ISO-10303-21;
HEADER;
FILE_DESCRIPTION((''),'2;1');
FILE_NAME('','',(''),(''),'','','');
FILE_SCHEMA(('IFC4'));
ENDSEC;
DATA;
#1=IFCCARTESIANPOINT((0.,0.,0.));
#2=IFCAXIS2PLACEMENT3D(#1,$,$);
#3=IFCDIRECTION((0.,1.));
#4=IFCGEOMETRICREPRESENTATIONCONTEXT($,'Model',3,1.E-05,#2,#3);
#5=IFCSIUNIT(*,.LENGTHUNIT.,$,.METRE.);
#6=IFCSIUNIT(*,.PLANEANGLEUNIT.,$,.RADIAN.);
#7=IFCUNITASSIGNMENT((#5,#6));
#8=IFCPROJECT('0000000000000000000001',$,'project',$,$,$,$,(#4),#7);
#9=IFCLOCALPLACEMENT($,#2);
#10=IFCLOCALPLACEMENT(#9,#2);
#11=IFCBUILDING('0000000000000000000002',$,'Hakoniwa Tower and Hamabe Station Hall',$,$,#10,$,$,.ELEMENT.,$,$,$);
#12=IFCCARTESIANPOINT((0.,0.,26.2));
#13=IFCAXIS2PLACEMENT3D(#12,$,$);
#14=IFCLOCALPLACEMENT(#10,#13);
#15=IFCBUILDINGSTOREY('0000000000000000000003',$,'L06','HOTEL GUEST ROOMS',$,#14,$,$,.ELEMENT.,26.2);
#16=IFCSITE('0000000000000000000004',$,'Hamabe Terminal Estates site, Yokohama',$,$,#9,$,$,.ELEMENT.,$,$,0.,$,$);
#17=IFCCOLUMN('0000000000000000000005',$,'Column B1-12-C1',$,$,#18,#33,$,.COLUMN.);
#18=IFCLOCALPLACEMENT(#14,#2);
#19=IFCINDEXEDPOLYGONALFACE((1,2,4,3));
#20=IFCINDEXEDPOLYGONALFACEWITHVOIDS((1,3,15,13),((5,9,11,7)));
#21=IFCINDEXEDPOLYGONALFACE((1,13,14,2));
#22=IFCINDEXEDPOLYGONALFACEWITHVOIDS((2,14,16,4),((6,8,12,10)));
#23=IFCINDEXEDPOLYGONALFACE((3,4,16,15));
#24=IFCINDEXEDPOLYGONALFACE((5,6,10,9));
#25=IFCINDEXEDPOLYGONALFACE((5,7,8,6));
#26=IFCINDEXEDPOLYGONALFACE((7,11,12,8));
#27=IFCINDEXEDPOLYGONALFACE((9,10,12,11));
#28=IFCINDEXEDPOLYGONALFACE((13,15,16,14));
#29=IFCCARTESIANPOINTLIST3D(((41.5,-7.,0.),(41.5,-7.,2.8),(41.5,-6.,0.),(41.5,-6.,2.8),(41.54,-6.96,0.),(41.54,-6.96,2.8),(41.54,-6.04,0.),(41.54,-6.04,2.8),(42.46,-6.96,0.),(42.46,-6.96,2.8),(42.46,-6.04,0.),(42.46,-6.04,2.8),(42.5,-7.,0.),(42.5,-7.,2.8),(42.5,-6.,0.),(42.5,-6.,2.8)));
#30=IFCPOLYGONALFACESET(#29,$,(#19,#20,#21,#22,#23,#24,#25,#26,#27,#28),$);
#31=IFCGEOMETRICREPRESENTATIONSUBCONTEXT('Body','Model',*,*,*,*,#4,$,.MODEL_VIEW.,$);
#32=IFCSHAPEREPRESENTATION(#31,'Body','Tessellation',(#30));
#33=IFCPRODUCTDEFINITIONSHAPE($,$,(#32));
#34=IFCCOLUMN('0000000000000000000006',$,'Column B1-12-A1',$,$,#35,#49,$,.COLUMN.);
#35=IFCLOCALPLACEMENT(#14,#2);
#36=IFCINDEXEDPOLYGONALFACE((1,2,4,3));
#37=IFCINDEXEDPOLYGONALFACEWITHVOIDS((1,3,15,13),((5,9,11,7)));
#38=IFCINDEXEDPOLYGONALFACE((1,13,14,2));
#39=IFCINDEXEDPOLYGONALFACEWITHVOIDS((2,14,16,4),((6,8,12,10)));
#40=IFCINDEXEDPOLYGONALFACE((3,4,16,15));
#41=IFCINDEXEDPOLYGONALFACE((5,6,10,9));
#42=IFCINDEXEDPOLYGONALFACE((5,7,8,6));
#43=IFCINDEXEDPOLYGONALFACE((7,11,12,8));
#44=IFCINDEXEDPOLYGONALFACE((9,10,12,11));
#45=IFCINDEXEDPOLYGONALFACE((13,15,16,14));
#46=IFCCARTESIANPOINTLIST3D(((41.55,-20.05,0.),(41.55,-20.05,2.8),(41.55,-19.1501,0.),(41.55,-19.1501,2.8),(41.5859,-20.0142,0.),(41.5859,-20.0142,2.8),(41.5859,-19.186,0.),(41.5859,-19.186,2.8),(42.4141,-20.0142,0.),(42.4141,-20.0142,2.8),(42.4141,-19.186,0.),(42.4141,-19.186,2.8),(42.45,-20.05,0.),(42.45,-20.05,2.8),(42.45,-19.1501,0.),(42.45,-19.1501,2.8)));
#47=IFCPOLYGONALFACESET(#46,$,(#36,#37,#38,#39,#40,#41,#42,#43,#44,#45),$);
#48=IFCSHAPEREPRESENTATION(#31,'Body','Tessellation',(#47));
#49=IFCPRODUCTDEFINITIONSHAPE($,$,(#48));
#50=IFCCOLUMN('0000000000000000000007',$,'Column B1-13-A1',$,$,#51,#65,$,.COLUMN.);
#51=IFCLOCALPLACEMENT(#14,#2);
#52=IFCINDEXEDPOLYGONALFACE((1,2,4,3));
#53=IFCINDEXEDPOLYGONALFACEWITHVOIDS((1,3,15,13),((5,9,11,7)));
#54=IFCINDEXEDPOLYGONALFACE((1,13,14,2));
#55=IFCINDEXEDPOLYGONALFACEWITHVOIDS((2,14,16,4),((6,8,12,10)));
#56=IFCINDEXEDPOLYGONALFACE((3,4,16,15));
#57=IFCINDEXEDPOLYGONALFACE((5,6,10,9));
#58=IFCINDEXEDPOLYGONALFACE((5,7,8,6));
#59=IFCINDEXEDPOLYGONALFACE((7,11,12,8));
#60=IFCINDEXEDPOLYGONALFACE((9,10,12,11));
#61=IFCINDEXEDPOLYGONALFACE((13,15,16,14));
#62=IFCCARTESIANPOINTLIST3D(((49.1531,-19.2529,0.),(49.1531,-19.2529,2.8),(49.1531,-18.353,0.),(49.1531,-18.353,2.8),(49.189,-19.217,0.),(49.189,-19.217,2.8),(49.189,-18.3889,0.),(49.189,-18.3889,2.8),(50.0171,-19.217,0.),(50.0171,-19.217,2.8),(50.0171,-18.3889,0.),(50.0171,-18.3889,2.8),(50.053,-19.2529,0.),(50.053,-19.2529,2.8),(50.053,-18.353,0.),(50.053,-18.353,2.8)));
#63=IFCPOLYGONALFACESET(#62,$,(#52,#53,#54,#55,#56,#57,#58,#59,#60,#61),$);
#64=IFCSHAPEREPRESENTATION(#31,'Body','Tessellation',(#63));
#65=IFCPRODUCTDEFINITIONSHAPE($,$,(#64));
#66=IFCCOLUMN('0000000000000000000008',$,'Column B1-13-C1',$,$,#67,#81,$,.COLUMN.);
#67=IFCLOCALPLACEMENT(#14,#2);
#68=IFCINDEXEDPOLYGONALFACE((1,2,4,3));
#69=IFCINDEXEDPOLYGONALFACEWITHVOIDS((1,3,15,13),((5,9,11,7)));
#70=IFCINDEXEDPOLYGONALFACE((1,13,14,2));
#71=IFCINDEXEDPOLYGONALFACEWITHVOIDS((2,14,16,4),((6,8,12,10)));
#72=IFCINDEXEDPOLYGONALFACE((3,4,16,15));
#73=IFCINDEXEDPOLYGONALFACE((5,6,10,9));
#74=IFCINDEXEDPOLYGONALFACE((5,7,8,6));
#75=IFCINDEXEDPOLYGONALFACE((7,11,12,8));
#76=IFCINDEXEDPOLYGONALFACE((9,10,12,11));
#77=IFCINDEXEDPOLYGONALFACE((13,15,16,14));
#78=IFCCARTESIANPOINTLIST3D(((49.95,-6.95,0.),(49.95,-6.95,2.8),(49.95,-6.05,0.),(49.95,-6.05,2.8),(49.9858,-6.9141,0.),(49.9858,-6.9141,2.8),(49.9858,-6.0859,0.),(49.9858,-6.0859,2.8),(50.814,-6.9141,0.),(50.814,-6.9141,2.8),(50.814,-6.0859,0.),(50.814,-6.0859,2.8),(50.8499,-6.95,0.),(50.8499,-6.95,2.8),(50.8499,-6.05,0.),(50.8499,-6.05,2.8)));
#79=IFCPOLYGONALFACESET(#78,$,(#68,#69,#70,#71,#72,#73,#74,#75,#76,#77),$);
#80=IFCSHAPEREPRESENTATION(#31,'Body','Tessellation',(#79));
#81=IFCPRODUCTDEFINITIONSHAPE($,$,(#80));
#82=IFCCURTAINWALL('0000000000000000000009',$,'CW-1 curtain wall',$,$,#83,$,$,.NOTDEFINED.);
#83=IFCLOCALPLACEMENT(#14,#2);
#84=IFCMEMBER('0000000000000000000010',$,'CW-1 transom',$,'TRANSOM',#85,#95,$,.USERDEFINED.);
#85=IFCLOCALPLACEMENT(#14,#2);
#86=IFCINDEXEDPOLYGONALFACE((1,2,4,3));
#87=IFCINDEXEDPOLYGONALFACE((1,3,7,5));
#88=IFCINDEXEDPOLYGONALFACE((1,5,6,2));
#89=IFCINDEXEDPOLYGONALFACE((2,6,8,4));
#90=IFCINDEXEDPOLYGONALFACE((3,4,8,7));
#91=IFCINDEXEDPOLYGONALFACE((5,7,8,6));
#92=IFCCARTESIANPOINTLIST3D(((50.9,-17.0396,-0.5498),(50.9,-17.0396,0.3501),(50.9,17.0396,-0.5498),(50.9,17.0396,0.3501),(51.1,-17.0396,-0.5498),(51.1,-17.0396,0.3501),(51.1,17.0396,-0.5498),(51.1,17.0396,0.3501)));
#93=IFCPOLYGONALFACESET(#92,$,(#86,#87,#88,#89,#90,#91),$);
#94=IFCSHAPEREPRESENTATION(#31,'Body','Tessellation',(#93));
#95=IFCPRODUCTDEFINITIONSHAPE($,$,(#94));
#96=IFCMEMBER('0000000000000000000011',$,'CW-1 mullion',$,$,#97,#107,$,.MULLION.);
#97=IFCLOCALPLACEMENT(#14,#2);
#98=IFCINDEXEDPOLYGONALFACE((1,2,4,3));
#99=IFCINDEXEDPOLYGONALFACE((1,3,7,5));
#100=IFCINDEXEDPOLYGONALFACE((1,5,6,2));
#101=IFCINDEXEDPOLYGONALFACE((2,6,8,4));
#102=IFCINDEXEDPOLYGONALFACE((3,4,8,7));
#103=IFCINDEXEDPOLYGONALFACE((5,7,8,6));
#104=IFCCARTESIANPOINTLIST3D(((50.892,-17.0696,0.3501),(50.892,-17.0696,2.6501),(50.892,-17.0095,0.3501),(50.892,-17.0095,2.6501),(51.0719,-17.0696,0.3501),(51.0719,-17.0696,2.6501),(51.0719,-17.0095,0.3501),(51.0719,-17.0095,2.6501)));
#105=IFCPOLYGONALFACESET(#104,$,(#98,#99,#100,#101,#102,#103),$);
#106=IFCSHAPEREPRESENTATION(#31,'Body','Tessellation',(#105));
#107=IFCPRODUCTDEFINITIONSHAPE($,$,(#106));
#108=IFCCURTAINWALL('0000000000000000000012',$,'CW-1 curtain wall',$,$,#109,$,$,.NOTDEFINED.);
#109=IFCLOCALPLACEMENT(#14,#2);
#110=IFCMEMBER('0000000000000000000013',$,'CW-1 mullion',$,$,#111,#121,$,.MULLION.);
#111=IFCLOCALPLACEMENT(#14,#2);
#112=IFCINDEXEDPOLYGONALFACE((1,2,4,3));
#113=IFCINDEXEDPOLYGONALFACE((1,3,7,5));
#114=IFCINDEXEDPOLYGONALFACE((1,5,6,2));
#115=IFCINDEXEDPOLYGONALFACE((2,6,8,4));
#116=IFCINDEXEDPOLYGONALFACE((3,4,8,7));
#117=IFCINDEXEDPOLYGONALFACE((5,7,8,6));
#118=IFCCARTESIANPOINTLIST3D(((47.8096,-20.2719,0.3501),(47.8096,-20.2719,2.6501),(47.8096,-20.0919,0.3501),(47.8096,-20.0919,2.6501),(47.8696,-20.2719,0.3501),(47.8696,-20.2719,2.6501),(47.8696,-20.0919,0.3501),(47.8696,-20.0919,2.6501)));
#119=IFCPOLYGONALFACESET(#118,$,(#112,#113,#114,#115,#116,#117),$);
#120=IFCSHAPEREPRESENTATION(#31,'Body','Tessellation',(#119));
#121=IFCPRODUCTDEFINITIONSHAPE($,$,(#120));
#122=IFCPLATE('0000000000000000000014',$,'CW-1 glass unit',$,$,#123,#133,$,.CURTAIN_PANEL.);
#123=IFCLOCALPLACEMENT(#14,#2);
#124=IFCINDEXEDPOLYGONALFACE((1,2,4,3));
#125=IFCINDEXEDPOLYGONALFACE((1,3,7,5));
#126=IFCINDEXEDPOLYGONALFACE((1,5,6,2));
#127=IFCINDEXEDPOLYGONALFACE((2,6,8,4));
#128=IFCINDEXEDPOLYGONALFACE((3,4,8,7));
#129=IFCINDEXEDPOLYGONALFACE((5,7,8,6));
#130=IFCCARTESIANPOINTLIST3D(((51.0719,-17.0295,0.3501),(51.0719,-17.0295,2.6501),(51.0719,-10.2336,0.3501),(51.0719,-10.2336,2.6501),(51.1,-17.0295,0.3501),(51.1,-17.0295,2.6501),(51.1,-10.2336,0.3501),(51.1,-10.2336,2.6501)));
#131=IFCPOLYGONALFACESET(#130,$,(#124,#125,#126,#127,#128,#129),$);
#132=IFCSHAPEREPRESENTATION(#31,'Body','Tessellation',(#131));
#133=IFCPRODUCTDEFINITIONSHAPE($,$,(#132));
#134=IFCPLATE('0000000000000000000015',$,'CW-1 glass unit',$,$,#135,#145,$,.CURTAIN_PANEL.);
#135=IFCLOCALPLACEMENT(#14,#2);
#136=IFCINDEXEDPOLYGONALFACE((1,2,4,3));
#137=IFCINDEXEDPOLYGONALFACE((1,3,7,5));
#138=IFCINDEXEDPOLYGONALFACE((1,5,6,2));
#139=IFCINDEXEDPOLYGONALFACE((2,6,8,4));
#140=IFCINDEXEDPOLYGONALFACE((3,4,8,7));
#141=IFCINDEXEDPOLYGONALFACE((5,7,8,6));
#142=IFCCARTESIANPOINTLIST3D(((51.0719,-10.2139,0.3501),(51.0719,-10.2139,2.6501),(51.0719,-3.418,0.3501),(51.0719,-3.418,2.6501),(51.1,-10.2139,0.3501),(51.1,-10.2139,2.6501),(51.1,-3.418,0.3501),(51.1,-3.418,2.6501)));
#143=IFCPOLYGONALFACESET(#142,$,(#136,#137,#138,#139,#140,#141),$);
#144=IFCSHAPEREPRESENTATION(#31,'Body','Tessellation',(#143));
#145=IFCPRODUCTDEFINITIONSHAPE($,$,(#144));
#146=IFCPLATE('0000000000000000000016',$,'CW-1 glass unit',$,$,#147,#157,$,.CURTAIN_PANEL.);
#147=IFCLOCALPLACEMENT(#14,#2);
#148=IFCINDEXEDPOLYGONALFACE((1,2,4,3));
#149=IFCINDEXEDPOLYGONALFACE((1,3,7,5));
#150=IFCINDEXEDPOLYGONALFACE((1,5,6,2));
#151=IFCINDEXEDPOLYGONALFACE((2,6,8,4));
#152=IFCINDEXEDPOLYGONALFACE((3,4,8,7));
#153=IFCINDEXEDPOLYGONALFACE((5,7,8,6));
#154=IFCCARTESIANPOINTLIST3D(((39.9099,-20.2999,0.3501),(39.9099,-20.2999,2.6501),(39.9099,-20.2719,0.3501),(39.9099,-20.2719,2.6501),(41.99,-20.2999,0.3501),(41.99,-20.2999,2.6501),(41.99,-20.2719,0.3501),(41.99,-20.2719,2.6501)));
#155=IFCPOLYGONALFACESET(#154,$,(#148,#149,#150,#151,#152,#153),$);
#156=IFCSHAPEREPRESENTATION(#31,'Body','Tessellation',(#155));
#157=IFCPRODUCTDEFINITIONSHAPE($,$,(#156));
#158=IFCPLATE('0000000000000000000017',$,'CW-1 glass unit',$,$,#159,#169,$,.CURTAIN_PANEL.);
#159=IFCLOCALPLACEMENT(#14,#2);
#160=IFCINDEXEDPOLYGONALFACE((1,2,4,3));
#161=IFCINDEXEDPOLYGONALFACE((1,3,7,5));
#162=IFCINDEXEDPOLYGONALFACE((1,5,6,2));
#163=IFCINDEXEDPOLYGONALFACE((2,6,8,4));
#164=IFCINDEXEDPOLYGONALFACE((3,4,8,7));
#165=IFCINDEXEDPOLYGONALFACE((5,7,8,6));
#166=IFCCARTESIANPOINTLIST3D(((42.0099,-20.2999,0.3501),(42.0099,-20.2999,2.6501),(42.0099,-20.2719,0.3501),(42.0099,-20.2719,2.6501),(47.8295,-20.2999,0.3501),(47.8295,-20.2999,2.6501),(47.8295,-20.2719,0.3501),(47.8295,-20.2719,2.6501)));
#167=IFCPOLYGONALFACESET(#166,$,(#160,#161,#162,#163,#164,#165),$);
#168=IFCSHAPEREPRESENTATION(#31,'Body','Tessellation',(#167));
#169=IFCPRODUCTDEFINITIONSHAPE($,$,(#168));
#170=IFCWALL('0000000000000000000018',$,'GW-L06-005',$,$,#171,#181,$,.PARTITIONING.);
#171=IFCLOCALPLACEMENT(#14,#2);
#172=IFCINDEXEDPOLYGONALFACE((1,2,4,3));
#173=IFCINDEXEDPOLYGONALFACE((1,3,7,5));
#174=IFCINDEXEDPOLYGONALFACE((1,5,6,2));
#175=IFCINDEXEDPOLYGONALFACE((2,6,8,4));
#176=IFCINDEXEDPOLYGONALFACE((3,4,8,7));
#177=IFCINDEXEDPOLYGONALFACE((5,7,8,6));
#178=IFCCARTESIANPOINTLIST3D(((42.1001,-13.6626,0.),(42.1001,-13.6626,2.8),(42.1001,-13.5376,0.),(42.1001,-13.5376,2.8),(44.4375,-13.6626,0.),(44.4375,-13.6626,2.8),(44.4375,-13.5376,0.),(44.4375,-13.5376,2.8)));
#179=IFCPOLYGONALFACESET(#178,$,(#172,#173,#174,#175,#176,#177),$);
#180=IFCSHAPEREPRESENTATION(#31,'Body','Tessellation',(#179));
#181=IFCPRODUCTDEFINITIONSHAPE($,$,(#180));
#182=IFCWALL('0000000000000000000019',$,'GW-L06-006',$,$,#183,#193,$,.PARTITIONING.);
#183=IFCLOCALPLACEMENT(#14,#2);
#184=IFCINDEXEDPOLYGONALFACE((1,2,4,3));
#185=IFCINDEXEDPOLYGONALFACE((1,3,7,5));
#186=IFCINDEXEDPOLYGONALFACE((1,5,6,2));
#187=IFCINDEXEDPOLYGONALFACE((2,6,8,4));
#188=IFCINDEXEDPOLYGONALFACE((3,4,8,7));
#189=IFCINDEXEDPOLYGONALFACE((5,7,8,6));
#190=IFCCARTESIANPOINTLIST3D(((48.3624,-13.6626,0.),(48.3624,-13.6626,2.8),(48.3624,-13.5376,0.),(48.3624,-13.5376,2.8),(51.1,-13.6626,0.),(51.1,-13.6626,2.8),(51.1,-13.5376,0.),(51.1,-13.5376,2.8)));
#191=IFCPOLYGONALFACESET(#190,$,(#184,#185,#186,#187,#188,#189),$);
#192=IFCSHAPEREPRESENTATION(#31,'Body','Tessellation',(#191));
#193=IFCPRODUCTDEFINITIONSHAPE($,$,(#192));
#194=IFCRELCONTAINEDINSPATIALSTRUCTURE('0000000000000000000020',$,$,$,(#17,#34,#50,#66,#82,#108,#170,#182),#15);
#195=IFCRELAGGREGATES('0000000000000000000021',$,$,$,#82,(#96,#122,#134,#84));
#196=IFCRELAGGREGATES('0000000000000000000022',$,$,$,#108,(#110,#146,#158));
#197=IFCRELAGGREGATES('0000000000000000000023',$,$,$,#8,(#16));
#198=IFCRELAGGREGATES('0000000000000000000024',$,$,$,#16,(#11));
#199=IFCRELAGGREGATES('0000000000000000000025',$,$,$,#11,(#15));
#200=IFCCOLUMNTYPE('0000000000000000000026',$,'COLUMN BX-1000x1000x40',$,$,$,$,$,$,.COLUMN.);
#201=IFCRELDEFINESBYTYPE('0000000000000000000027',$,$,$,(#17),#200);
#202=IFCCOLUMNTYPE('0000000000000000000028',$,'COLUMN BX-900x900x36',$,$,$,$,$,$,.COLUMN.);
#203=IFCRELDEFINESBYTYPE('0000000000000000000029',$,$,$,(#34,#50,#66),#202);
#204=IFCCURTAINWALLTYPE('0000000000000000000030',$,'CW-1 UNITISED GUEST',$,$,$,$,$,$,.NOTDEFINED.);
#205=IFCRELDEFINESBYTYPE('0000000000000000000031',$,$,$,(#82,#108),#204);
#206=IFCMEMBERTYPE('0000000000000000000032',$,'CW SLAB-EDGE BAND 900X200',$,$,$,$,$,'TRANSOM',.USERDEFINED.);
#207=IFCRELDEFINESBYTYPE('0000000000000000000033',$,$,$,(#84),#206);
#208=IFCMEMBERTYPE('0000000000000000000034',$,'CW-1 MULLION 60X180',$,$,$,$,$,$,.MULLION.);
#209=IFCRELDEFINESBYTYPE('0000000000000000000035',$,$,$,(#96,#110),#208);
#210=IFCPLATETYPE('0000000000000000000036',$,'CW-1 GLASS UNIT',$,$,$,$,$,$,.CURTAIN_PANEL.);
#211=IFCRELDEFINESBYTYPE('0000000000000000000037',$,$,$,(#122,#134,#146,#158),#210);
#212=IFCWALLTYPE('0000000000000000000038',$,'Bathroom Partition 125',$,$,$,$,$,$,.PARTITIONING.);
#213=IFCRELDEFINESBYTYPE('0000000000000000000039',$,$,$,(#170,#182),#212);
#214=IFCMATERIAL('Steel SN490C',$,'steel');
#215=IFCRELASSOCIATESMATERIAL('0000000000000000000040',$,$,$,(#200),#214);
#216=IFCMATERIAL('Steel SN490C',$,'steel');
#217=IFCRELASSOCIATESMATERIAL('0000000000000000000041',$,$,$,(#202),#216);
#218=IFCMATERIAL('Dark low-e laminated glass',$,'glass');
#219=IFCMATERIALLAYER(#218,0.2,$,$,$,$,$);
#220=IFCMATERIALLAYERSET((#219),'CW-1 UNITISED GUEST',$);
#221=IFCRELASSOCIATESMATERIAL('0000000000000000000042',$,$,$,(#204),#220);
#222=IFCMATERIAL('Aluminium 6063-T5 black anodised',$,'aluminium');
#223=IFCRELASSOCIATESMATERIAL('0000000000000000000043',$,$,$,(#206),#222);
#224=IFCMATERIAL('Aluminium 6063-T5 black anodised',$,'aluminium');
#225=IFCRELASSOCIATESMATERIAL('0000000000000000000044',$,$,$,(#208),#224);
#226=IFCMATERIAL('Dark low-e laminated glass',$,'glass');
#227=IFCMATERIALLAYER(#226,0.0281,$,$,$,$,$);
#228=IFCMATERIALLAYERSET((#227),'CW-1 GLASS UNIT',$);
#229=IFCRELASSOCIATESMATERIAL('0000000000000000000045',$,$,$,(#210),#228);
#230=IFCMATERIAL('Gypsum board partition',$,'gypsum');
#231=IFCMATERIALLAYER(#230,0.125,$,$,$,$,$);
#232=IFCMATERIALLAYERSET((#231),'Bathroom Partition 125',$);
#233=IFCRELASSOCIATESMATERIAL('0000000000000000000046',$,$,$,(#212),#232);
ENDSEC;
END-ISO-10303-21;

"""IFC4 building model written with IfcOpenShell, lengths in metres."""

from ifc_helpers import new_model, si_unit, direction, frame, frame_2d, origin, origin_2d, place, context, subcontext, project, spatial, rectangle, hollow_rectangle, extrude, material, layer, layer_set, material_profile, profile_set, type_object, element, aggregate, save


model = new_model("IFC4")

# Units and contexts
model_context = context("Model", 3, precision=1e-05, world=origin(), true_north=direction((0.0, 1.0)))
body_context = subcontext(model_context, "Body", "Model", "MODEL_VIEW")
ifc_project = project(units=[si_unit("LENGTHUNIT", "METRE"), si_unit("PLANEANGLEUNIT", "RADIAN")], contexts=[model_context])

# Site, building, storey
site_placement = place(None, origin())
site = spatial("IfcSite", under=ifc_project, at=site_placement, Name="Hamabe Terminal Estates site, Yokohama", CompositionType="ELEMENT", RefElevation=0.0)
building_placement = place(site_placement, origin())
building = spatial("IfcBuilding", under=site, at=building_placement, Name="Hakoniwa Tower and Hamabe Station Hall", CompositionType="ELEMENT")
storey_placement = place(building_placement, frame((0.0, 0.0, 26.2)))
storey = spatial("IfcBuildingStorey", under=building, at=storey_placement, Name="L06", Description="HOTEL GUEST ROOMS", CompositionType="ELEMENT", Elevation=26.2)

# Columns
ifc_material_1 = material(Name="Steel SN490C", Category="steel")
ifc_material_profile_1 = material_profile(ifc_material_1, hollow_rectangle(XDim=1.0, YDim=1.0, WallThickness=0.04, at=origin_2d()), Name="BX-1000x1000x40")
ifc_profile_set_1 = profile_set([ifc_material_profile_1], Name="Steel SN490C")
column_type_1 = type_object("IfcColumnType", Name="COLUMN BX-1000x1000x40", PredefinedType="COLUMN", material=ifc_profile_set_1)
column_placement = place(storey_placement, frame((42.0, -6.5, 0.0), z_axis=(0.0, 0.0, 1.0), x_axis=(1.0, 0.0, 0.0)))
element("IfcColumn", 1, at=column_placement, inside=storey, type_object=column_type_1, Name="Column B1-12-C1", PredefinedType="COLUMN", context=body_context, shape_type="SweptSolid", body=[
    extrude(hollow_rectangle(XDim=1.0, YDim=1.0, WallThickness=0.04, at=origin_2d()), origin(), (0.0, 0.0, 1.0), 2.8),
])
ifc_material_2 = material(Name="Steel SN490C", Category="steel")
ifc_material_profile_2 = material_profile(ifc_material_2, hollow_rectangle(XDim=0.8999, YDim=0.8999, WallThickness=0.0359, at=origin_2d()), Name="BX-900x900x36")
ifc_profile_set_2 = profile_set([ifc_material_profile_2], Name="Steel SN490C")
column_type_2 = type_object("IfcColumnType", Name="COLUMN BX-900x900x36", PredefinedType="COLUMN", material=ifc_profile_set_2)
for number, where, z_axis, x_axis, name in (
    (2, (42.0, -19.6001, 0.0), (0.0, 0.0, 1.0), (1.0, 0.0, 0.0), "Column B1-12-A1"),
    (3, (49.603, -18.803, 0.0), (0.0, 0.0, 1.0), (1.0, 0.0, 0.0), "Column B1-13-A1"),
    (4, (50.3999, -6.5, 0.0), (0.0, 0.0, 1.0), (1.0, 0.0, 0.0), "Column B1-13-C1"),
):
    element("IfcColumn", number, at=place(storey_placement, frame(where, z_axis=z_axis, x_axis=x_axis)), inside=storey, type_object=column_type_2, Name=name, PredefinedType="COLUMN", context=body_context, shape_type="SweptSolid", body=[
        extrude(hollow_rectangle(XDim=0.8999, YDim=0.8999, WallThickness=0.0359, at=origin_2d()), origin(), (0.0, 0.0, 1.0), 2.8),
    ])

# Curtain wall, members
ifc_material_3 = material(Name="Dark low-e laminated glass", Category="glass")
ifc_layer_1 = layer(ifc_material_3, 0.2)
ifc_layer_set_1 = layer_set([ifc_layer_1], Name="CW-1 UNITISED GUEST")
curtain_wall_type = type_object("IfcCurtainWallType", Name="CW-1 UNITISED GUEST", PredefinedType="NOTDEFINED", material=ifc_layer_set_1)
curtain_wall_1_placement = place(storey_placement, origin())
curtain_wall_1 = element("IfcCurtainWall", 5, at=curtain_wall_1_placement, inside=storey, type_object=curtain_wall_type, Name="CW-1 curtain wall", PredefinedType="NOTDEFINED")
ifc_material_4 = material(Name="Aluminium 6063-T5 black anodised", Category="aluminium")
ifc_material_profile_3 = material_profile(ifc_material_4, rectangle(XDim=0.2, YDim=0.8999, at=origin_2d()), Name="CW SLAB-EDGE BAND 900X200")
ifc_profile_set_3 = profile_set([ifc_material_profile_3], Name="Aluminium 6063-T5 black anodised")
member_type_1 = type_object("IfcMemberType", Name="CW SLAB-EDGE BAND 900X200", ElementType="TRANSOM", PredefinedType="USERDEFINED", material=ifc_profile_set_3)
member_1_placement = place(storey_placement, frame((51.0, -17.0396, -0.0999), z_axis=(0.0, 1.0, 0.0), x_axis=(-1.0, 0.0, 0.0)))
member_1 = element("IfcMember", 6, at=member_1_placement, type_object=member_type_1, Name="CW-1 transom", ObjectType="TRANSOM", PredefinedType="USERDEFINED", context=body_context, shape_type="SweptSolid", body=[
    extrude(rectangle(XDim=0.2, YDim=0.8999, at=origin_2d()), origin(), (0.0, 0.0, 1.0), 34.0791),
])
ifc_material_5 = material(Name="Aluminium 6063-T5 black anodised", Category="aluminium")
ifc_material_profile_4 = material_profile(ifc_material_5, rectangle(XDim=0.0601, YDim=0.1799, at=origin_2d()), Name="CW-1 MULLION 60X180")
ifc_profile_set_4 = profile_set([ifc_material_profile_4], Name="Aluminium 6063-T5 black anodised")
member_type_2 = type_object("IfcMemberType", Name="CW-1 MULLION 60X180", PredefinedType="MULLION", material=ifc_profile_set_4)
member_2_placement = place(storey_placement, frame((50.9819, -17.0396, 0.3501), z_axis=(0.0, 0.0, 1.0), x_axis=(0.0, 1.0, 0.0)))
member_2 = element("IfcMember", 7, at=member_2_placement, type_object=member_type_2, Name="CW-1 mullion", PredefinedType="MULLION", context=body_context, shape_type="SweptSolid", body=[
    extrude(rectangle(XDim=0.0601, YDim=0.1799, at=origin_2d()), origin(), (0.0, 0.0, 1.0), 2.3),
])

# Curtain wall, member
curtain_wall_2_placement = place(storey_placement, origin())
curtain_wall_2 = element("IfcCurtainWall", 8, at=curtain_wall_2_placement, inside=storey, type_object=curtain_wall_type, Name="CW-1 curtain wall", PredefinedType="NOTDEFINED")
member_3_placement = place(storey_placement, frame((47.8396, -20.1819, 0.3501), z_axis=(0.0, 0.0, 1.0), x_axis=(1.0, 0.0, 0.0)))
member_3 = element("IfcMember", 9, at=member_3_placement, type_object=member_type_2, Name="CW-1 mullion", PredefinedType="MULLION", context=body_context, shape_type="SweptSolid", body=[
    extrude(rectangle(XDim=0.0601, YDim=0.1799, at=origin_2d()), origin(), (0.0, 0.0, 1.0), 2.3),
])

# Plates
ifc_material_6 = material(Name="Dark low-e laminated glass", Category="glass")
ifc_layer_2 = layer(ifc_material_6, 0.0281)
ifc_layer_set_2 = layer_set([ifc_layer_2], Name="CW-1 GLASS UNIT")
plate_type = type_object("IfcPlateType", Name="CW-1 GLASS UNIT", PredefinedType="CURTAIN_PANEL", material=ifc_layer_set_2)
plate_1_placement = place(storey_placement, frame((51.0859, -13.6316, 0.3501), z_axis=(0.0, 0.0, 1.0), x_axis=(0.0, 1.0, 0.0)))
plate_1 = element("IfcPlate", 10, at=plate_1_placement, type_object=plate_type, Name="CW-1 glass unit", PredefinedType="CURTAIN_PANEL", context=body_context, shape_type="SweptSolid", body=[
    extrude(rectangle(XDim=6.7959, YDim=0.0281, at=origin_2d()), origin(), (0.0, 0.0, 1.0), 2.3),
])
plate_2_placement = place(storey_placement, frame((51.0859, -6.8159, 0.3501), z_axis=(0.0, 0.0, 1.0), x_axis=(0.0, 1.0, 0.0)))
plate_2 = element("IfcPlate", 11, at=plate_2_placement, type_object=plate_type, Name="CW-1 glass unit", PredefinedType="CURTAIN_PANEL", context=body_context, shape_type="SweptSolid", body=[
    extrude(rectangle(XDim=6.7959, YDim=0.0281, at=origin_2d()), origin(), (0.0, 0.0, 1.0), 2.3),
])
aggregate(curtain_wall_1, [member_2, plate_1, plate_2, member_1])
plate_3_placement = place(storey_placement, frame((40.95, -20.2859, 0.3501), z_axis=(0.0, 0.0, 1.0), x_axis=(1.0, 0.0, 0.0)))
plate_3 = element("IfcPlate", 12, at=plate_3_placement, type_object=plate_type, Name="CW-1 glass unit", PredefinedType="CURTAIN_PANEL", context=body_context, shape_type="SweptSolid", body=[
    extrude(rectangle(XDim=2.0801, YDim=0.0281, at=origin_2d()), origin(), (0.0, 0.0, 1.0), 2.3),
])
plate_4_placement = place(storey_placement, frame((44.9197, -20.2859, 0.3501), z_axis=(0.0, 0.0, 1.0), x_axis=(1.0, 0.0, 0.0)))
plate_4 = element("IfcPlate", 13, at=plate_4_placement, type_object=plate_type, Name="CW-1 glass unit", PredefinedType="CURTAIN_PANEL", context=body_context, shape_type="SweptSolid", body=[
    extrude(rectangle(XDim=5.8196, YDim=0.0281, at=origin_2d()), origin(), (0.0, 0.0, 1.0), 2.3),
])
aggregate(curtain_wall_2, [member_3, plate_3, plate_4])

# Walls
ifc_material_7 = material(Name="Gypsum board partition", Category="gypsum")
ifc_layer_3 = layer(ifc_material_7, 0.125)
ifc_layer_set_3 = layer_set([ifc_layer_3], Name="Bathroom Partition 125")
wall_type_1 = type_object("IfcWallType", Name="Bathroom Partition 125", PredefinedType="PARTITIONING", material=ifc_layer_set_3)
wall_1_placement = place(storey_placement, frame((42.1001, -13.6001, 0.0), z_axis=(0.0, 0.0, 1.0), x_axis=(1.0, 0.0, 0.0)))
element("IfcWall", 14, at=wall_1_placement, inside=storey, type_object=wall_type_1, Name="GW-L06-005", PredefinedType="PARTITIONING", context=body_context, shape_type="SweptSolid", body=[
    extrude(rectangle(XDim=2.3374, YDim=0.125, at=frame_2d((1.1687, 0.0))), origin(), (0.0, 0.0, 1.0), 2.8),
])
wall_2_placement = place(storey_placement, frame((48.3625, -13.6001, 0.0), z_axis=(0.0, 0.0, 1.0), x_axis=(1.0, 0.0, 0.0)))
element("IfcWall", 15, at=wall_2_placement, inside=storey, type_object=wall_type_1, Name="GW-L06-006", PredefinedType="PARTITIONING", context=body_context, shape_type="SweptSolid", body=[
    extrude(rectangle(XDim=2.7375, YDim=0.125, at=frame_2d((1.3687, 0.0))), origin(), (0.0, 0.0, 1.0), 2.8),
])

save(model, "model.ifc")
